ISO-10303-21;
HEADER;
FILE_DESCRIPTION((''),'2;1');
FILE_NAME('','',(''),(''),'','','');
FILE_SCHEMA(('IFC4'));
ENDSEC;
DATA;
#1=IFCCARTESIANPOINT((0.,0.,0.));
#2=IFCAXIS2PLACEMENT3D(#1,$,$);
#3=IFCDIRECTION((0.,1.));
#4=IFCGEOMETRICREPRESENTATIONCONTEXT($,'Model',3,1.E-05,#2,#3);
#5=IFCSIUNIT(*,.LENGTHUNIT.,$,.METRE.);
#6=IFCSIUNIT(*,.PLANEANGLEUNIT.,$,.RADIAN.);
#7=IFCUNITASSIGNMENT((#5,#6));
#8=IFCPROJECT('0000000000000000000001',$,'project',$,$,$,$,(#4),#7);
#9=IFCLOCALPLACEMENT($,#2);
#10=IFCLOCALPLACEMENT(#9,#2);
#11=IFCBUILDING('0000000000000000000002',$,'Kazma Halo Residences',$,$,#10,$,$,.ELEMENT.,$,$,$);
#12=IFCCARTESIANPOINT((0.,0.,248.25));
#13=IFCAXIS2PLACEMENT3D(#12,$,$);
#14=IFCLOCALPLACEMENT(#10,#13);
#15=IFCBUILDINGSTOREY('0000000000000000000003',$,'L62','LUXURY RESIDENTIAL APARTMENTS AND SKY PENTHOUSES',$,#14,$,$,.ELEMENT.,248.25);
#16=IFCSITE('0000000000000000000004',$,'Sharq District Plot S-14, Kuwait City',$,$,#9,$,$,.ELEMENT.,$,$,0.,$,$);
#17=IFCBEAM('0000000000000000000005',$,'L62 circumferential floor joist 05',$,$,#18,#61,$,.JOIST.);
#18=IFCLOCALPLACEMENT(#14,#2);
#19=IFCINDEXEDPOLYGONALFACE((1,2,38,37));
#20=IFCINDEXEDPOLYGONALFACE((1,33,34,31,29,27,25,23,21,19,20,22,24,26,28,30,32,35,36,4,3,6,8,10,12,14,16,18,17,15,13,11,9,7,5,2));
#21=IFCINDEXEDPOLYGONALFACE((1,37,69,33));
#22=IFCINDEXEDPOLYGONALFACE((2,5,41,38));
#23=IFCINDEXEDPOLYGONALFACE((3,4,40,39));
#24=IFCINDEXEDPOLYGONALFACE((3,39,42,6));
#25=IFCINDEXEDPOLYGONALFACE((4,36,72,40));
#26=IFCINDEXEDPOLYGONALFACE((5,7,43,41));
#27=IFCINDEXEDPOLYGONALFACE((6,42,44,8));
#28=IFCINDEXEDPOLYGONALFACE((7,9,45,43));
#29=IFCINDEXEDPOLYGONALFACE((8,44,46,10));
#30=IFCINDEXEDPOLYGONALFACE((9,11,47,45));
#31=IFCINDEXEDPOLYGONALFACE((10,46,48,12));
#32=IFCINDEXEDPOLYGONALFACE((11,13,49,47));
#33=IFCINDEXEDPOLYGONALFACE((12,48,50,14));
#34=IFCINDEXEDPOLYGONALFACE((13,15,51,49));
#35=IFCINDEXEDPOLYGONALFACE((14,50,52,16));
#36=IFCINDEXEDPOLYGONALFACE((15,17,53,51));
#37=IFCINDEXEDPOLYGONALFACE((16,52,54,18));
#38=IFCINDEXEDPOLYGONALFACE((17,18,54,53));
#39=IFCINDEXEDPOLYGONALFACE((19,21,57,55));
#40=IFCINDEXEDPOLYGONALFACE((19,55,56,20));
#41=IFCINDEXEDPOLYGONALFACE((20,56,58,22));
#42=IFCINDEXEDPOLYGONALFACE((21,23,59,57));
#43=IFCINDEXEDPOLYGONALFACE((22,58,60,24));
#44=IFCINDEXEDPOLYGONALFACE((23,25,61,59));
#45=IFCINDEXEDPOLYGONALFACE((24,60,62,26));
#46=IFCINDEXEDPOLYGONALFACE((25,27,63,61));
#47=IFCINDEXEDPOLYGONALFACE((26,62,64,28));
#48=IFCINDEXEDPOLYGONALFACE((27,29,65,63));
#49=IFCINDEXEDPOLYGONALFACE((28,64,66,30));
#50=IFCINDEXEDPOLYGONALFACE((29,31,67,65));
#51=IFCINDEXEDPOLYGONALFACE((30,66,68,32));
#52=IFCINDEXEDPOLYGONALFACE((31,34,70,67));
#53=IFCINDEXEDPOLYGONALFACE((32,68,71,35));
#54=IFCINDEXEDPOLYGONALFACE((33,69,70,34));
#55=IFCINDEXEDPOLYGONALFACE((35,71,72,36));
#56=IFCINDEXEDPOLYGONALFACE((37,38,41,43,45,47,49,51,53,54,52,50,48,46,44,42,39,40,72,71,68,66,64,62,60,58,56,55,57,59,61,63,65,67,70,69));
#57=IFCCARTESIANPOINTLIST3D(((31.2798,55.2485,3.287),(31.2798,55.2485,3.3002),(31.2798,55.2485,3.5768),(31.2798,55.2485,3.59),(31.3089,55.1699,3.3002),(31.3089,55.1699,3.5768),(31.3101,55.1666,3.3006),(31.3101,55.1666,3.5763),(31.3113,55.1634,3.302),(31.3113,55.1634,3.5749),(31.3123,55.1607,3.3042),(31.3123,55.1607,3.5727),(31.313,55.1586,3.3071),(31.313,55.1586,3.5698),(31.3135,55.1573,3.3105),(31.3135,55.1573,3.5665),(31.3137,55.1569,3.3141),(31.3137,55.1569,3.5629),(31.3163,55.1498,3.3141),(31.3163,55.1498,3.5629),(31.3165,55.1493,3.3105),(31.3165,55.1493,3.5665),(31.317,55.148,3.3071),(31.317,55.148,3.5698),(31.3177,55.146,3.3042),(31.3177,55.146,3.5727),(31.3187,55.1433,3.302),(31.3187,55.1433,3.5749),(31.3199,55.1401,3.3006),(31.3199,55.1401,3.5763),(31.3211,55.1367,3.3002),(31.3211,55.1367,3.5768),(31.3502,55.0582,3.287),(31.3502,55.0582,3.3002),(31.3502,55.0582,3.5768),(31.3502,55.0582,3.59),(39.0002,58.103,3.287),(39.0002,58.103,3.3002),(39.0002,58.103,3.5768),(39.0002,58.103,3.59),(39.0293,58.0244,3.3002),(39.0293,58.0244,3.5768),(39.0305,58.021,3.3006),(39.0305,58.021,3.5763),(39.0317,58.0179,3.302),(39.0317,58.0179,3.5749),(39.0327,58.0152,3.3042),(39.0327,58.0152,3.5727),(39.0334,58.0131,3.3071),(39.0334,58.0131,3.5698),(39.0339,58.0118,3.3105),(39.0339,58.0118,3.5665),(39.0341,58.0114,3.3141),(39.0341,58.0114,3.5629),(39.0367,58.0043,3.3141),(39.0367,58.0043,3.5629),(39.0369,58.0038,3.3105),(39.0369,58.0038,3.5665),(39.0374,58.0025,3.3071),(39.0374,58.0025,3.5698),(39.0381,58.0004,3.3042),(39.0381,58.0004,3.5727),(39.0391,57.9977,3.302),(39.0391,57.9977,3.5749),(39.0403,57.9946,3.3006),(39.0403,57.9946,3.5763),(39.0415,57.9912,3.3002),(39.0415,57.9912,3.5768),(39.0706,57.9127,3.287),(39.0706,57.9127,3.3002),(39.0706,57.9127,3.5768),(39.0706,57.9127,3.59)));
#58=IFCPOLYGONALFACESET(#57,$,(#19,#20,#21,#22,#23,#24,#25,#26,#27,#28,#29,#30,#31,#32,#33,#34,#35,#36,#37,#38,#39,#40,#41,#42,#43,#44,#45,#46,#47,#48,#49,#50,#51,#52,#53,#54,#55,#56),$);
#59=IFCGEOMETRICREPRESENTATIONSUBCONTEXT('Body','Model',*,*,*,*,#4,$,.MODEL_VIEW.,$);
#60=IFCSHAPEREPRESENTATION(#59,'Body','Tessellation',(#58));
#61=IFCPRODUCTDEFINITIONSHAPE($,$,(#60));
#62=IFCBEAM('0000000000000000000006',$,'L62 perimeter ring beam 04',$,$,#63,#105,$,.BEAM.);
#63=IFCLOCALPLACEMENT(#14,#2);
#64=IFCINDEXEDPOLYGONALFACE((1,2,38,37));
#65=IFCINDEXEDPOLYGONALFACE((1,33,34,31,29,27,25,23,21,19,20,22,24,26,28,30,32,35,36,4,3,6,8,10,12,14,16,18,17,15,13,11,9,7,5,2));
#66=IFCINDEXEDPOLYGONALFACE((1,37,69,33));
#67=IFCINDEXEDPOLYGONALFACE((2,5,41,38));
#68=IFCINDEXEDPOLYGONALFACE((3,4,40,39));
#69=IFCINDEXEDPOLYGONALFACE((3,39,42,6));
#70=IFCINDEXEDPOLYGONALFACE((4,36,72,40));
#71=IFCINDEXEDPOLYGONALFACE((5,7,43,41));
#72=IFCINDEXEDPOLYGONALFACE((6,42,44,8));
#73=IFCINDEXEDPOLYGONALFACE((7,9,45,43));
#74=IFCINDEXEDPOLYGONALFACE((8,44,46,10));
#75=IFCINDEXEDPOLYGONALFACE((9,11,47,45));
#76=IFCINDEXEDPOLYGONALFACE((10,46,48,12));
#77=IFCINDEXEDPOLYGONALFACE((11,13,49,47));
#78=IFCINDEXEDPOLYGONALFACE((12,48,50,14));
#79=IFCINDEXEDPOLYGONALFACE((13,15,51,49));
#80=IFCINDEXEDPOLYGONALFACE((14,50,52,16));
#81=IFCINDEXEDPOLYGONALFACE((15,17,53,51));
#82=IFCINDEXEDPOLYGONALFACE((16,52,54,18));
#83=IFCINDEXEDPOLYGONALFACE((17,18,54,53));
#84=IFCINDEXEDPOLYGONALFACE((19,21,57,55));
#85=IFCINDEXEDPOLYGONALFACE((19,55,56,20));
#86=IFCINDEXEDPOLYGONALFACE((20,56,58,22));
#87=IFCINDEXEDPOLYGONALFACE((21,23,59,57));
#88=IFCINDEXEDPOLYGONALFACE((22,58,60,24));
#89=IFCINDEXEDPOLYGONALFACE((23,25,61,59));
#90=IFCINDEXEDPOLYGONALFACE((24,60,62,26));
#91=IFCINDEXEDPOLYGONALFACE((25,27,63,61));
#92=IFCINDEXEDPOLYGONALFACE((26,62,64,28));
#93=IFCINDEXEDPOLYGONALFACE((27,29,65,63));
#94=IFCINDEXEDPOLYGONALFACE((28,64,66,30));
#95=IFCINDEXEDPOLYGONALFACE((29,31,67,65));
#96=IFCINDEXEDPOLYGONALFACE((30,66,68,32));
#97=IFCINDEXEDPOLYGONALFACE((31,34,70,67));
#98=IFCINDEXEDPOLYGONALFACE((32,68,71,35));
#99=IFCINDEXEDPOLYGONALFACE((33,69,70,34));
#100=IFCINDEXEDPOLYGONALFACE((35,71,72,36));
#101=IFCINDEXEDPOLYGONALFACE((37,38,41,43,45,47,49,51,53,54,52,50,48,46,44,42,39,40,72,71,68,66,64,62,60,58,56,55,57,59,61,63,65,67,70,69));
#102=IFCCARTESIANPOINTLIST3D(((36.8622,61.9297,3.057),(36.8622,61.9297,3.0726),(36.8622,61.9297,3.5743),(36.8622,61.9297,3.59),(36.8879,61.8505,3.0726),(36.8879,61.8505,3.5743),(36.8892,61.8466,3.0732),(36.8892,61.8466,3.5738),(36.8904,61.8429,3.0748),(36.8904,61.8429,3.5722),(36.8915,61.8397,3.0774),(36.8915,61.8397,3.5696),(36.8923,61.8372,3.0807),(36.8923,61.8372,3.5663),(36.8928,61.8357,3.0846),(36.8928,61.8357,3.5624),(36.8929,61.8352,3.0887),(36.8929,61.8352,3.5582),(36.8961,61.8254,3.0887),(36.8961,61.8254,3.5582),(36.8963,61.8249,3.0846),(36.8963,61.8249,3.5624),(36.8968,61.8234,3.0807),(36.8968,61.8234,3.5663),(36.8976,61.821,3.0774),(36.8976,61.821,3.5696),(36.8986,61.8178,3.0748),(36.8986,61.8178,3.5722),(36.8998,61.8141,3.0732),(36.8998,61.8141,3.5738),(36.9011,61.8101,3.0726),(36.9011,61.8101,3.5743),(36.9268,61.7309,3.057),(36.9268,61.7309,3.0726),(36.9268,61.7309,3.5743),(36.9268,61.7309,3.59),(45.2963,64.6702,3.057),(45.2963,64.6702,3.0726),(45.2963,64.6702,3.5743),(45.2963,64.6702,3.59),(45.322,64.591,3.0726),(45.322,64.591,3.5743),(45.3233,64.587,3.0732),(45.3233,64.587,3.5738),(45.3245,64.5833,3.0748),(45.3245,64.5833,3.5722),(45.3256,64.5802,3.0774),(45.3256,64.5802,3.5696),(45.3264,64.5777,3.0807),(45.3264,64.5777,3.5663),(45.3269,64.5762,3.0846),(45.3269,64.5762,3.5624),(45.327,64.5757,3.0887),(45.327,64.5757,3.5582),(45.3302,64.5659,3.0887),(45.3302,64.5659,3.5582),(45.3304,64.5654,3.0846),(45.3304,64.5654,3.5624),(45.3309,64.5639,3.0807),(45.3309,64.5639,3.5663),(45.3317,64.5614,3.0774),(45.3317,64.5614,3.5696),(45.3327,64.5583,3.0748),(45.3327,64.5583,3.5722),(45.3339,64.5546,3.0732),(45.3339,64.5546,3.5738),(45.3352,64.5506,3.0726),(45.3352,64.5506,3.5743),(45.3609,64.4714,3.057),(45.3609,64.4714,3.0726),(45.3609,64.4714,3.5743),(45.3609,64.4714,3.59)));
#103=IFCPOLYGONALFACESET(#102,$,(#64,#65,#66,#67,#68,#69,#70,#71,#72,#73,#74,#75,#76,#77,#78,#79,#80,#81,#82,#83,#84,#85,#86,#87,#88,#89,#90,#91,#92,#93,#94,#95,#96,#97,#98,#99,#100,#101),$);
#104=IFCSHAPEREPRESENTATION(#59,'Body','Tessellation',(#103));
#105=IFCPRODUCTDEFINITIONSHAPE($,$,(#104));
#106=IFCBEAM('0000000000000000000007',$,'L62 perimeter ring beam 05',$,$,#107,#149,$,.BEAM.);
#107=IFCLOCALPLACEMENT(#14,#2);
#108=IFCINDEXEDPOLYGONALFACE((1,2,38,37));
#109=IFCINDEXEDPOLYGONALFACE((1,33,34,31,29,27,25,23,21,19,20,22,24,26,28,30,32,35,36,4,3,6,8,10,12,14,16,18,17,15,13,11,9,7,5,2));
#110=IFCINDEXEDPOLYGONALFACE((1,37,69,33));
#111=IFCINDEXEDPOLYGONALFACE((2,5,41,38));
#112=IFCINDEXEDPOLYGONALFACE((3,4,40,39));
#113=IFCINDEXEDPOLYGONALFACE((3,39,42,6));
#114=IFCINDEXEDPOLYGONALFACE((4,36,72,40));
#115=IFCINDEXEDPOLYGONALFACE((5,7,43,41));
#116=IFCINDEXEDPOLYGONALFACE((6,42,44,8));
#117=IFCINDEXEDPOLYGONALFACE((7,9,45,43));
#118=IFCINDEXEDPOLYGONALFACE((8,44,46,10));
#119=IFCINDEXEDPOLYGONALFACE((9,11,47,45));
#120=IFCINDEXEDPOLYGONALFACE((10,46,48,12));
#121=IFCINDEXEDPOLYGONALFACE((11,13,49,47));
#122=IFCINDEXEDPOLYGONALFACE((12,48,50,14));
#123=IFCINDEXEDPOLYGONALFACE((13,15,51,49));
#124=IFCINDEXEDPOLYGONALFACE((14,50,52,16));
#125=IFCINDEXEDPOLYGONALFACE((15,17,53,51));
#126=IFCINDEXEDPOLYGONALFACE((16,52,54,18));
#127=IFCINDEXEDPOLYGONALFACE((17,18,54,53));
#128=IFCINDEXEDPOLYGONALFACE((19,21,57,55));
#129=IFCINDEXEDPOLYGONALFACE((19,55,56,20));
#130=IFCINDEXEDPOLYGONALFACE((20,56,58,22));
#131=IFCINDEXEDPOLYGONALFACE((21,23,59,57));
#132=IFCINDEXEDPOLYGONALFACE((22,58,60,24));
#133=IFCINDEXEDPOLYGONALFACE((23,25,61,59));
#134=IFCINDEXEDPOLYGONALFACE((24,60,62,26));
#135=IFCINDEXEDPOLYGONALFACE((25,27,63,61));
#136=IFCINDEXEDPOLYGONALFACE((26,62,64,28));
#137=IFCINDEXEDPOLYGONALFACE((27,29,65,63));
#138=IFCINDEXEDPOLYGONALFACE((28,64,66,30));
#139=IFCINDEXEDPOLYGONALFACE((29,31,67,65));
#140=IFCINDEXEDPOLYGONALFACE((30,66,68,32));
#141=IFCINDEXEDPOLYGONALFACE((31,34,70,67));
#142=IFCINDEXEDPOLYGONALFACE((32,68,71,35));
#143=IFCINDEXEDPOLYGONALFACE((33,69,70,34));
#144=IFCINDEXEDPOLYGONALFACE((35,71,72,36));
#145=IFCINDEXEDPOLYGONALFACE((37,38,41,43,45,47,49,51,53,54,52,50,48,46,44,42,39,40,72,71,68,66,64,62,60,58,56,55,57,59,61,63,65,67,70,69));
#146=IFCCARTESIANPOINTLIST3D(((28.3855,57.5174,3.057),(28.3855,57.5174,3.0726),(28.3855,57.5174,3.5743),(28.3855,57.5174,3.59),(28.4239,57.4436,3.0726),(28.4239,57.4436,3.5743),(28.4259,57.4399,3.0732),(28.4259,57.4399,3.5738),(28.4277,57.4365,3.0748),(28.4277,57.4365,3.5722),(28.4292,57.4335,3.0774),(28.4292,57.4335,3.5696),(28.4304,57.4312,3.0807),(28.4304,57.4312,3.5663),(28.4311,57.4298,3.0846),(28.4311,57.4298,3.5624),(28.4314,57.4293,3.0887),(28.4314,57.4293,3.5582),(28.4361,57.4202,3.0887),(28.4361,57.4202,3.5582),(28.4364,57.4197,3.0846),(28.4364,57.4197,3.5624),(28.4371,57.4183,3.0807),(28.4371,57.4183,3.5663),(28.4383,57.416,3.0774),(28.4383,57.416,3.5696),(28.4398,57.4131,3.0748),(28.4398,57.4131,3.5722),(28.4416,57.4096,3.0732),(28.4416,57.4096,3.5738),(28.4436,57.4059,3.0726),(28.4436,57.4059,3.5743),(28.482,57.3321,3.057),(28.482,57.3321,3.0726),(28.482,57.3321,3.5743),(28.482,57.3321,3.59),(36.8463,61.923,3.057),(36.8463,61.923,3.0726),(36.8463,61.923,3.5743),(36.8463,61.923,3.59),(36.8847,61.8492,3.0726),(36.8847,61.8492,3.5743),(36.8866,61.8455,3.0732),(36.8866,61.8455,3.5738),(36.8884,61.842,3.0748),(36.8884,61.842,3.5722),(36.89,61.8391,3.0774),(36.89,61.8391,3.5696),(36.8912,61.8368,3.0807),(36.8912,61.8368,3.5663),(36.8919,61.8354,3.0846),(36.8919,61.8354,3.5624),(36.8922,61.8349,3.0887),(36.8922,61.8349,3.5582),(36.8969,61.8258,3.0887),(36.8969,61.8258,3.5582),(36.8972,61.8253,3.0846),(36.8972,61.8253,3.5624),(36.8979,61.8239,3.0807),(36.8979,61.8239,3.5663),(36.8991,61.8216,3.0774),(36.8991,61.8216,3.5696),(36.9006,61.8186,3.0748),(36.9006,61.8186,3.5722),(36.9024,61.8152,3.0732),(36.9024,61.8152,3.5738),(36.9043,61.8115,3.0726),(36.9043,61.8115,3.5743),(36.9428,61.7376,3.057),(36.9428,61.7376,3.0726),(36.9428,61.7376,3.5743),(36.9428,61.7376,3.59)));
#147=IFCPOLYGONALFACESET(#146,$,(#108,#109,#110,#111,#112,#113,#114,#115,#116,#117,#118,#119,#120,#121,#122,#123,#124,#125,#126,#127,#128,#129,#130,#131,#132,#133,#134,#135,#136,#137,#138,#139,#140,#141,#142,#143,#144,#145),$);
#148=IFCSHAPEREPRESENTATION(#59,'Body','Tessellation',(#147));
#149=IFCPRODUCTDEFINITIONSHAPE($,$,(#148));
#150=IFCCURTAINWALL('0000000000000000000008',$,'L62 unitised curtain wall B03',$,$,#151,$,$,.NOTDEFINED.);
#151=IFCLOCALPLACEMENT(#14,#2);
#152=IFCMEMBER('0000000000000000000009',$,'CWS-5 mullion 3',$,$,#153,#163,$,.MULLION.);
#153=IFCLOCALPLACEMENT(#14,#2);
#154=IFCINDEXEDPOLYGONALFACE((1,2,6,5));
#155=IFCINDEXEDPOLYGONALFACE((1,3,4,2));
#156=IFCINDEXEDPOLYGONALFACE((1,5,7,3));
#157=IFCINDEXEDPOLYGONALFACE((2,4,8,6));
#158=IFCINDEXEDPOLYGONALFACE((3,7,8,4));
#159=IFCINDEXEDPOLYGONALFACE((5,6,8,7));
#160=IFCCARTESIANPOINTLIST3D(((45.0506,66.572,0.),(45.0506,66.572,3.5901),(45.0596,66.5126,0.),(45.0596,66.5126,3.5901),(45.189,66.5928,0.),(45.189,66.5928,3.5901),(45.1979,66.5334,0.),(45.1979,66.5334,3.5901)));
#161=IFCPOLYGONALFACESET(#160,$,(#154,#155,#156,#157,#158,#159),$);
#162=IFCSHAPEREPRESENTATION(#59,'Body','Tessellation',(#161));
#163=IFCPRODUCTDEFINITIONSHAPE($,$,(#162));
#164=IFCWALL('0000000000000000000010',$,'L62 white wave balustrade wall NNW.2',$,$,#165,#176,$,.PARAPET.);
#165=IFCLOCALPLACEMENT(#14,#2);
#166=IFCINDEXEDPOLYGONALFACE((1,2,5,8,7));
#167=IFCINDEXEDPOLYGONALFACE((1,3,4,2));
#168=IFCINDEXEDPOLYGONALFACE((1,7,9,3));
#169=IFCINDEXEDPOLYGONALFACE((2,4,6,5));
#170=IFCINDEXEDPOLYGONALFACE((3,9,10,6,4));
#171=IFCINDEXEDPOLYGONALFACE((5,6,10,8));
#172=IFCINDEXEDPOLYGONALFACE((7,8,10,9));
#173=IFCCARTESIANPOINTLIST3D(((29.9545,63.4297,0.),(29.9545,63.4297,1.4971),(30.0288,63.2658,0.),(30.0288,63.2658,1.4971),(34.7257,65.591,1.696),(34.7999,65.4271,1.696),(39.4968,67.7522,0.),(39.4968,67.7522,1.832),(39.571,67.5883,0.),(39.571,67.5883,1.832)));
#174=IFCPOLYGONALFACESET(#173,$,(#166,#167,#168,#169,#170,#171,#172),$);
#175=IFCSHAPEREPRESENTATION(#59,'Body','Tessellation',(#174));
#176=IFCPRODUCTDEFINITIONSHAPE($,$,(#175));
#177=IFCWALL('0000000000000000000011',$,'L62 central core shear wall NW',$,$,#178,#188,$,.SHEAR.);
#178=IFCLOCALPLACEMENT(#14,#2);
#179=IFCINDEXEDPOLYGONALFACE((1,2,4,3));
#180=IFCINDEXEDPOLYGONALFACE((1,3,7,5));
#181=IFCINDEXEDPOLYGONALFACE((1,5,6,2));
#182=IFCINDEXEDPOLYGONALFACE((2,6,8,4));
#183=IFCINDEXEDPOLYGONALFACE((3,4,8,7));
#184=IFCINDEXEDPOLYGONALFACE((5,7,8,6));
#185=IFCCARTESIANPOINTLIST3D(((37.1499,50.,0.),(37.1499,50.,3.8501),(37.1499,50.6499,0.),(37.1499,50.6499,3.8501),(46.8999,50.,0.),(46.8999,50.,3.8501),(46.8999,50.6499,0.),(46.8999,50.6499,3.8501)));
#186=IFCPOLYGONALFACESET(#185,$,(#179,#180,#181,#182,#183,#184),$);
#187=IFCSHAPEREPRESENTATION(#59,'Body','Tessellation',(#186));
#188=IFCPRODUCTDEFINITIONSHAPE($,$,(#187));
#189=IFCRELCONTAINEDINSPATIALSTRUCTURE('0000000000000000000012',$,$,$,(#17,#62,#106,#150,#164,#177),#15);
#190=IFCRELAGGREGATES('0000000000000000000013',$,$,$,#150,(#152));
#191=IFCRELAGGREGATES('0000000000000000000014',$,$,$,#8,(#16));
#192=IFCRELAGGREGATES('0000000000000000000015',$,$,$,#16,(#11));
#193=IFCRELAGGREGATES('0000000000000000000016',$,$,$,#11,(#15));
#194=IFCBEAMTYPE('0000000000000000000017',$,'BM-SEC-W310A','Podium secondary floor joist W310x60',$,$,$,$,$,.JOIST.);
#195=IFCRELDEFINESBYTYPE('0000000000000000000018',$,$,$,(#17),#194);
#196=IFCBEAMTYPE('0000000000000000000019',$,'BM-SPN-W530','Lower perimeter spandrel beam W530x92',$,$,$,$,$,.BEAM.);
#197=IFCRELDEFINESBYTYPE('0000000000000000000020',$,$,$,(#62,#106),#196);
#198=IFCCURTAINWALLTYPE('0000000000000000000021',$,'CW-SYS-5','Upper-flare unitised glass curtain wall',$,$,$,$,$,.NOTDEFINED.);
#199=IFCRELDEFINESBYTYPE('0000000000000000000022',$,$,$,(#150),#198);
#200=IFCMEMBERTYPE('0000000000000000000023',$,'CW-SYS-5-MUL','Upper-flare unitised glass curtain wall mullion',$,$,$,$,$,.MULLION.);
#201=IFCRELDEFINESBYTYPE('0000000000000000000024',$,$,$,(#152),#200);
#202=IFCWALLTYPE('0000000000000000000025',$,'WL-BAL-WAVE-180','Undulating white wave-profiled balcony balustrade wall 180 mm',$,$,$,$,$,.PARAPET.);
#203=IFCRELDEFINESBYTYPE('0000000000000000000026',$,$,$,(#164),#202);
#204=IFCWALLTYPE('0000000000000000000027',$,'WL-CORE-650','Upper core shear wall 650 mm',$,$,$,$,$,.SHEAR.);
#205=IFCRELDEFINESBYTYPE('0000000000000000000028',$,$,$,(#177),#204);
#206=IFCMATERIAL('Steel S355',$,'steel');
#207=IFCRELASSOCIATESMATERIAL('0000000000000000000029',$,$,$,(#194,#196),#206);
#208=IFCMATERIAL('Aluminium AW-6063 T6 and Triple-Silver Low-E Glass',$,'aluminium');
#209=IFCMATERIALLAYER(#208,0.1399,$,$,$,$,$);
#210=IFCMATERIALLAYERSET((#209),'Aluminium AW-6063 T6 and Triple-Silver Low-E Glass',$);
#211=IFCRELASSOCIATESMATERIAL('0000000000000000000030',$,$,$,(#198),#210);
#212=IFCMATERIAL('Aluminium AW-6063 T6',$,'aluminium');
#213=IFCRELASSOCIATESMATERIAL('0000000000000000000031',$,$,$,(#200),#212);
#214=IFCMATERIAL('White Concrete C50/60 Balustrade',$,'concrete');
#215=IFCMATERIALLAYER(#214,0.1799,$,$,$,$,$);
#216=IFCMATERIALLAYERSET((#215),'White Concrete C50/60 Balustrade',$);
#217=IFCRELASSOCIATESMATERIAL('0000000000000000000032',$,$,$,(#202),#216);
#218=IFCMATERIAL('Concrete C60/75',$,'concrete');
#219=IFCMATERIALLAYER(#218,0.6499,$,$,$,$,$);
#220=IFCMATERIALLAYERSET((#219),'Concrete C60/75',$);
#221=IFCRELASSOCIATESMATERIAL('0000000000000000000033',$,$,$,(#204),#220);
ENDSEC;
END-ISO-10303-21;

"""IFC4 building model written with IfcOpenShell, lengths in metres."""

from ifc_helpers import new_model, si_unit, direction, frame, frame_2d, origin, origin_2d, place, context, subcontext, project, spatial, polyline, rectangle, i_section, outline, extrude, material, layer, layer_set, material_profile, profile_set, type_object, element, aggregate, save


model = new_model("IFC4")

# Units and contexts
model_context = context("Model", 3, precision=1e-05, world=origin(), true_north=direction((0.0, 1.0)))
body_context = subcontext(model_context, "Body", "Model", "MODEL_VIEW")
ifc_project = project(units=[si_unit("LENGTHUNIT", "METRE"), si_unit("PLANEANGLEUNIT", "RADIAN")], contexts=[model_context])

# Site, building, storey
site_placement = place(None, origin())
site = spatial("IfcSite", under=ifc_project, at=site_placement, Name="Sharq District Plot S-14, Kuwait City", CompositionType="ELEMENT", RefElevation=0.0)
building_placement = place(site_placement, origin())
building = spatial("IfcBuilding", under=site, at=building_placement, Name="Kazma Halo Residences", CompositionType="ELEMENT")
storey_placement = place(building_placement, frame((0.0, 0.0, 248.25)))
storey = spatial("IfcBuildingStorey", under=building, at=storey_placement, Name="L62", Description="LUXURY RESIDENTIAL APARTMENTS AND SKY PENTHOUSES", CompositionType="ELEMENT", Elevation=248.25)

# Shared definitions
ifc_material_1 = material(Name="Concrete C60/75", Category="concrete")

# Beams
ifc_material_2 = material(Name="Steel S355", Category="steel")
ifc_material_profile_1 = material_profile(ifc_material_2, i_section(OverallWidth=0.2029, OverallDepth=0.303, WebThickness=0.0076, FlangeThickness=0.0132, FilletRadius=0.0139, at=origin_2d()), Name="W310x60")
ifc_profile_set_1 = profile_set([ifc_material_profile_1], Name="Steel S355")
beam_type_1 = type_object("IfcBeamType", Name="BM-SEC-W310A", Description="Podium secondary floor joist W310x60", PredefinedType="JOIST", material=ifc_profile_set_1)
beam_1_placement = place(storey_placement, frame((39.0354, 58.0078, 3.4385), z_axis=(-0.937944, -0.346787, 0.0), x_axis=(0.346787, -0.937944, 0.0)))
element("IfcBeam", 1, at=beam_1_placement, inside=storey, type_object=beam_type_1, Name="L62 circumferential floor joist 05", PredefinedType="JOIST", context=body_context, shape_type="SweptSolid", body=[
    extrude(i_section(OverallWidth=0.2029, OverallDepth=0.303, WebThickness=0.0076, FlangeThickness=0.0132, FilletRadius=0.0139, at=origin_2d()), origin(), (0.0, 0.0, 1.0), 8.2312),
])
ifc_material_profile_2 = material_profile(ifc_material_2, i_section(OverallWidth=0.209, OverallDepth=0.533, WebThickness=0.0103, FlangeThickness=0.0156, FilletRadius=0.0161, at=origin_2d()), Name="W530x92")
ifc_profile_set_2 = profile_set([ifc_material_profile_2], Name="Steel S355")
beam_type_2 = type_object("IfcBeamType", Name="BM-SPN-W530", Description="Lower perimeter spandrel beam W530x92", PredefinedType="BEAM", material=ifc_profile_set_2)
beam_2_placement = place(storey_placement, frame((45.3286, 64.5708, 3.3235), z_axis=(-0.951054, -0.309025, 0.0), x_axis=(0.309025, -0.951054, 0.0)))
element("IfcBeam", 2, at=beam_2_placement, inside=storey, type_object=beam_type_2, Name="L62 perimeter ring beam 04", PredefinedType="BEAM", context=body_context, shape_type="SweptSolid", body=[
    extrude(i_section(OverallWidth=0.209, OverallDepth=0.533, WebThickness=0.0103, FlangeThickness=0.0156, FilletRadius=0.0161, at=origin_2d()), origin(), (0.0, 0.0, 1.0), 8.8682),
])
beam_3_placement = place(storey_placement, frame((36.8945, 61.8303, 3.3235), z_axis=(-0.886961, -0.461844, 0.0), x_axis=(0.461844, -0.886961, 0.0)))
element("IfcBeam", 3, at=beam_3_placement, inside=storey, type_object=beam_type_2, Name="L62 perimeter ring beam 05", PredefinedType="BEAM", context=body_context, shape_type="SweptSolid", body=[
    extrude(i_section(OverallWidth=0.209, OverallDepth=0.533, WebThickness=0.0103, FlangeThickness=0.0156, FilletRadius=0.0161, at=origin_2d()), origin(), (0.0, 0.0, 1.0), 9.5391),
])

# Curtain wall, member
ifc_material_3 = material(Name="Aluminium AW-6063 T6 and Triple-Silver Low-E Glass", Category="aluminium")
ifc_layer_1 = layer(ifc_material_3, 0.1399)
ifc_layer_set_1 = layer_set([ifc_layer_1], Name="Aluminium AW-6063 T6 and Triple-Silver Low-E Glass")
curtain_wall_type = type_object("IfcCurtainWallType", Name="CW-SYS-5", Description="Upper-flare unitised glass curtain wall", PredefinedType="NOTDEFINED", material=ifc_layer_set_1)
curtain_wall_placement = place(storey_placement, origin())
curtain_wall = element("IfcCurtainWall", 4, at=curtain_wall_placement, inside=storey, type_object=curtain_wall_type, Name="L62 unitised curtain wall B03", PredefinedType="NOTDEFINED")
ifc_material_4 = material(Name="Aluminium AW-6063 T6", Category="aluminium")
ifc_material_profile_3 = material_profile(ifc_material_4, rectangle(XDim=0.0601, YDim=0.1399, at=origin_2d()), Name="CWM-60x140")
ifc_profile_set_3 = profile_set([ifc_material_profile_3], Name="Aluminium AW-6063 T6")
member_type = type_object("IfcMemberType", Name="CW-SYS-5-MUL", Description="Upper-flare unitised glass curtain wall mullion", PredefinedType="MULLION", material=ifc_profile_set_3)
member_placement = place(storey_placement, frame((45.1243, 66.5527, 0.0), z_axis=(0.0, 0.0, 1.0), x_axis=(0.148697, -0.988883, 0.0)))
member = element("IfcMember", 5, at=member_placement, type_object=member_type, Name="CWS-5 mullion 3", PredefinedType="MULLION", context=body_context, shape_type="SweptSolid", body=[
    extrude(rectangle(XDim=0.0601, YDim=0.1399, at=origin_2d()), origin(), (0.0, 0.0, 1.0), 3.5901),
])
aggregate(curtain_wall, [member])

# Walls
ifc_material_5 = material(Name="White Concrete C50/60 Balustrade", Category="concrete")
ifc_layer_2 = layer(ifc_material_5, 0.1799)
ifc_layer_set_2 = layer_set([ifc_layer_2], Name="White Concrete C50/60 Balustrade")
wall_type_1 = type_object("IfcWallType", Name="WL-BAL-WAVE-180", Description="Undulating white wave-profiled balcony balustrade wall 180 mm", PredefinedType="PARAPET", material=ifc_layer_set_2)
wall_1_placement = place(storey_placement, frame((39.5339, 67.6702, 0.0), z_axis=(0.0, 0.0, 1.0), x_axis=(-0.9109, -0.412626, 0.0)))
element("IfcWall", 6, at=wall_1_placement, inside=storey, type_object=wall_type_1, Name="L62 white wave balustrade wall NNW.2", PredefinedType="PARAPET", context=body_context, shape_type="SweptSolid", body=[
    extrude(outline(polyline([(0.0, 0.0), (10.4756, 0.0), (10.4756, 1.4971), (5.2378, 1.696), (0.0, 1.832), (0.0, 0.0)])), frame((0.0, 0.0898, 0.0), z_axis=(0.0, -1.0, 0.0), x_axis=(1.0, 0.0, 0.0)), (0.0, 0.0, 1.0), 0.1799),
])
ifc_layer_3 = layer(ifc_material_1, 0.6499)
ifc_layer_set_3 = layer_set([ifc_layer_3], Name="Concrete C60/75")
wall_type_2 = type_object("IfcWallType", Name="WL-CORE-650", Description="Upper core shear wall 650 mm", PredefinedType="SHEAR", material=ifc_layer_set_3)
wall_2_placement = place(storey_placement, frame((37.1499, 50.325, 0.0), z_axis=(0.0, 0.0, 1.0), x_axis=(1.0, 0.0, 0.0)))
element("IfcWall", 7, at=wall_2_placement, inside=storey, type_object=wall_type_2, Name="L62 central core shear wall NW", PredefinedType="SHEAR", context=body_context, shape_type="SweptSolid", body=[
    extrude(rectangle(XDim=9.75, YDim=0.6499, at=frame_2d((4.875, 0.0))), origin(), (0.0, 0.0, 1.0), 3.8501),
])

save(model, "model.ifc")
